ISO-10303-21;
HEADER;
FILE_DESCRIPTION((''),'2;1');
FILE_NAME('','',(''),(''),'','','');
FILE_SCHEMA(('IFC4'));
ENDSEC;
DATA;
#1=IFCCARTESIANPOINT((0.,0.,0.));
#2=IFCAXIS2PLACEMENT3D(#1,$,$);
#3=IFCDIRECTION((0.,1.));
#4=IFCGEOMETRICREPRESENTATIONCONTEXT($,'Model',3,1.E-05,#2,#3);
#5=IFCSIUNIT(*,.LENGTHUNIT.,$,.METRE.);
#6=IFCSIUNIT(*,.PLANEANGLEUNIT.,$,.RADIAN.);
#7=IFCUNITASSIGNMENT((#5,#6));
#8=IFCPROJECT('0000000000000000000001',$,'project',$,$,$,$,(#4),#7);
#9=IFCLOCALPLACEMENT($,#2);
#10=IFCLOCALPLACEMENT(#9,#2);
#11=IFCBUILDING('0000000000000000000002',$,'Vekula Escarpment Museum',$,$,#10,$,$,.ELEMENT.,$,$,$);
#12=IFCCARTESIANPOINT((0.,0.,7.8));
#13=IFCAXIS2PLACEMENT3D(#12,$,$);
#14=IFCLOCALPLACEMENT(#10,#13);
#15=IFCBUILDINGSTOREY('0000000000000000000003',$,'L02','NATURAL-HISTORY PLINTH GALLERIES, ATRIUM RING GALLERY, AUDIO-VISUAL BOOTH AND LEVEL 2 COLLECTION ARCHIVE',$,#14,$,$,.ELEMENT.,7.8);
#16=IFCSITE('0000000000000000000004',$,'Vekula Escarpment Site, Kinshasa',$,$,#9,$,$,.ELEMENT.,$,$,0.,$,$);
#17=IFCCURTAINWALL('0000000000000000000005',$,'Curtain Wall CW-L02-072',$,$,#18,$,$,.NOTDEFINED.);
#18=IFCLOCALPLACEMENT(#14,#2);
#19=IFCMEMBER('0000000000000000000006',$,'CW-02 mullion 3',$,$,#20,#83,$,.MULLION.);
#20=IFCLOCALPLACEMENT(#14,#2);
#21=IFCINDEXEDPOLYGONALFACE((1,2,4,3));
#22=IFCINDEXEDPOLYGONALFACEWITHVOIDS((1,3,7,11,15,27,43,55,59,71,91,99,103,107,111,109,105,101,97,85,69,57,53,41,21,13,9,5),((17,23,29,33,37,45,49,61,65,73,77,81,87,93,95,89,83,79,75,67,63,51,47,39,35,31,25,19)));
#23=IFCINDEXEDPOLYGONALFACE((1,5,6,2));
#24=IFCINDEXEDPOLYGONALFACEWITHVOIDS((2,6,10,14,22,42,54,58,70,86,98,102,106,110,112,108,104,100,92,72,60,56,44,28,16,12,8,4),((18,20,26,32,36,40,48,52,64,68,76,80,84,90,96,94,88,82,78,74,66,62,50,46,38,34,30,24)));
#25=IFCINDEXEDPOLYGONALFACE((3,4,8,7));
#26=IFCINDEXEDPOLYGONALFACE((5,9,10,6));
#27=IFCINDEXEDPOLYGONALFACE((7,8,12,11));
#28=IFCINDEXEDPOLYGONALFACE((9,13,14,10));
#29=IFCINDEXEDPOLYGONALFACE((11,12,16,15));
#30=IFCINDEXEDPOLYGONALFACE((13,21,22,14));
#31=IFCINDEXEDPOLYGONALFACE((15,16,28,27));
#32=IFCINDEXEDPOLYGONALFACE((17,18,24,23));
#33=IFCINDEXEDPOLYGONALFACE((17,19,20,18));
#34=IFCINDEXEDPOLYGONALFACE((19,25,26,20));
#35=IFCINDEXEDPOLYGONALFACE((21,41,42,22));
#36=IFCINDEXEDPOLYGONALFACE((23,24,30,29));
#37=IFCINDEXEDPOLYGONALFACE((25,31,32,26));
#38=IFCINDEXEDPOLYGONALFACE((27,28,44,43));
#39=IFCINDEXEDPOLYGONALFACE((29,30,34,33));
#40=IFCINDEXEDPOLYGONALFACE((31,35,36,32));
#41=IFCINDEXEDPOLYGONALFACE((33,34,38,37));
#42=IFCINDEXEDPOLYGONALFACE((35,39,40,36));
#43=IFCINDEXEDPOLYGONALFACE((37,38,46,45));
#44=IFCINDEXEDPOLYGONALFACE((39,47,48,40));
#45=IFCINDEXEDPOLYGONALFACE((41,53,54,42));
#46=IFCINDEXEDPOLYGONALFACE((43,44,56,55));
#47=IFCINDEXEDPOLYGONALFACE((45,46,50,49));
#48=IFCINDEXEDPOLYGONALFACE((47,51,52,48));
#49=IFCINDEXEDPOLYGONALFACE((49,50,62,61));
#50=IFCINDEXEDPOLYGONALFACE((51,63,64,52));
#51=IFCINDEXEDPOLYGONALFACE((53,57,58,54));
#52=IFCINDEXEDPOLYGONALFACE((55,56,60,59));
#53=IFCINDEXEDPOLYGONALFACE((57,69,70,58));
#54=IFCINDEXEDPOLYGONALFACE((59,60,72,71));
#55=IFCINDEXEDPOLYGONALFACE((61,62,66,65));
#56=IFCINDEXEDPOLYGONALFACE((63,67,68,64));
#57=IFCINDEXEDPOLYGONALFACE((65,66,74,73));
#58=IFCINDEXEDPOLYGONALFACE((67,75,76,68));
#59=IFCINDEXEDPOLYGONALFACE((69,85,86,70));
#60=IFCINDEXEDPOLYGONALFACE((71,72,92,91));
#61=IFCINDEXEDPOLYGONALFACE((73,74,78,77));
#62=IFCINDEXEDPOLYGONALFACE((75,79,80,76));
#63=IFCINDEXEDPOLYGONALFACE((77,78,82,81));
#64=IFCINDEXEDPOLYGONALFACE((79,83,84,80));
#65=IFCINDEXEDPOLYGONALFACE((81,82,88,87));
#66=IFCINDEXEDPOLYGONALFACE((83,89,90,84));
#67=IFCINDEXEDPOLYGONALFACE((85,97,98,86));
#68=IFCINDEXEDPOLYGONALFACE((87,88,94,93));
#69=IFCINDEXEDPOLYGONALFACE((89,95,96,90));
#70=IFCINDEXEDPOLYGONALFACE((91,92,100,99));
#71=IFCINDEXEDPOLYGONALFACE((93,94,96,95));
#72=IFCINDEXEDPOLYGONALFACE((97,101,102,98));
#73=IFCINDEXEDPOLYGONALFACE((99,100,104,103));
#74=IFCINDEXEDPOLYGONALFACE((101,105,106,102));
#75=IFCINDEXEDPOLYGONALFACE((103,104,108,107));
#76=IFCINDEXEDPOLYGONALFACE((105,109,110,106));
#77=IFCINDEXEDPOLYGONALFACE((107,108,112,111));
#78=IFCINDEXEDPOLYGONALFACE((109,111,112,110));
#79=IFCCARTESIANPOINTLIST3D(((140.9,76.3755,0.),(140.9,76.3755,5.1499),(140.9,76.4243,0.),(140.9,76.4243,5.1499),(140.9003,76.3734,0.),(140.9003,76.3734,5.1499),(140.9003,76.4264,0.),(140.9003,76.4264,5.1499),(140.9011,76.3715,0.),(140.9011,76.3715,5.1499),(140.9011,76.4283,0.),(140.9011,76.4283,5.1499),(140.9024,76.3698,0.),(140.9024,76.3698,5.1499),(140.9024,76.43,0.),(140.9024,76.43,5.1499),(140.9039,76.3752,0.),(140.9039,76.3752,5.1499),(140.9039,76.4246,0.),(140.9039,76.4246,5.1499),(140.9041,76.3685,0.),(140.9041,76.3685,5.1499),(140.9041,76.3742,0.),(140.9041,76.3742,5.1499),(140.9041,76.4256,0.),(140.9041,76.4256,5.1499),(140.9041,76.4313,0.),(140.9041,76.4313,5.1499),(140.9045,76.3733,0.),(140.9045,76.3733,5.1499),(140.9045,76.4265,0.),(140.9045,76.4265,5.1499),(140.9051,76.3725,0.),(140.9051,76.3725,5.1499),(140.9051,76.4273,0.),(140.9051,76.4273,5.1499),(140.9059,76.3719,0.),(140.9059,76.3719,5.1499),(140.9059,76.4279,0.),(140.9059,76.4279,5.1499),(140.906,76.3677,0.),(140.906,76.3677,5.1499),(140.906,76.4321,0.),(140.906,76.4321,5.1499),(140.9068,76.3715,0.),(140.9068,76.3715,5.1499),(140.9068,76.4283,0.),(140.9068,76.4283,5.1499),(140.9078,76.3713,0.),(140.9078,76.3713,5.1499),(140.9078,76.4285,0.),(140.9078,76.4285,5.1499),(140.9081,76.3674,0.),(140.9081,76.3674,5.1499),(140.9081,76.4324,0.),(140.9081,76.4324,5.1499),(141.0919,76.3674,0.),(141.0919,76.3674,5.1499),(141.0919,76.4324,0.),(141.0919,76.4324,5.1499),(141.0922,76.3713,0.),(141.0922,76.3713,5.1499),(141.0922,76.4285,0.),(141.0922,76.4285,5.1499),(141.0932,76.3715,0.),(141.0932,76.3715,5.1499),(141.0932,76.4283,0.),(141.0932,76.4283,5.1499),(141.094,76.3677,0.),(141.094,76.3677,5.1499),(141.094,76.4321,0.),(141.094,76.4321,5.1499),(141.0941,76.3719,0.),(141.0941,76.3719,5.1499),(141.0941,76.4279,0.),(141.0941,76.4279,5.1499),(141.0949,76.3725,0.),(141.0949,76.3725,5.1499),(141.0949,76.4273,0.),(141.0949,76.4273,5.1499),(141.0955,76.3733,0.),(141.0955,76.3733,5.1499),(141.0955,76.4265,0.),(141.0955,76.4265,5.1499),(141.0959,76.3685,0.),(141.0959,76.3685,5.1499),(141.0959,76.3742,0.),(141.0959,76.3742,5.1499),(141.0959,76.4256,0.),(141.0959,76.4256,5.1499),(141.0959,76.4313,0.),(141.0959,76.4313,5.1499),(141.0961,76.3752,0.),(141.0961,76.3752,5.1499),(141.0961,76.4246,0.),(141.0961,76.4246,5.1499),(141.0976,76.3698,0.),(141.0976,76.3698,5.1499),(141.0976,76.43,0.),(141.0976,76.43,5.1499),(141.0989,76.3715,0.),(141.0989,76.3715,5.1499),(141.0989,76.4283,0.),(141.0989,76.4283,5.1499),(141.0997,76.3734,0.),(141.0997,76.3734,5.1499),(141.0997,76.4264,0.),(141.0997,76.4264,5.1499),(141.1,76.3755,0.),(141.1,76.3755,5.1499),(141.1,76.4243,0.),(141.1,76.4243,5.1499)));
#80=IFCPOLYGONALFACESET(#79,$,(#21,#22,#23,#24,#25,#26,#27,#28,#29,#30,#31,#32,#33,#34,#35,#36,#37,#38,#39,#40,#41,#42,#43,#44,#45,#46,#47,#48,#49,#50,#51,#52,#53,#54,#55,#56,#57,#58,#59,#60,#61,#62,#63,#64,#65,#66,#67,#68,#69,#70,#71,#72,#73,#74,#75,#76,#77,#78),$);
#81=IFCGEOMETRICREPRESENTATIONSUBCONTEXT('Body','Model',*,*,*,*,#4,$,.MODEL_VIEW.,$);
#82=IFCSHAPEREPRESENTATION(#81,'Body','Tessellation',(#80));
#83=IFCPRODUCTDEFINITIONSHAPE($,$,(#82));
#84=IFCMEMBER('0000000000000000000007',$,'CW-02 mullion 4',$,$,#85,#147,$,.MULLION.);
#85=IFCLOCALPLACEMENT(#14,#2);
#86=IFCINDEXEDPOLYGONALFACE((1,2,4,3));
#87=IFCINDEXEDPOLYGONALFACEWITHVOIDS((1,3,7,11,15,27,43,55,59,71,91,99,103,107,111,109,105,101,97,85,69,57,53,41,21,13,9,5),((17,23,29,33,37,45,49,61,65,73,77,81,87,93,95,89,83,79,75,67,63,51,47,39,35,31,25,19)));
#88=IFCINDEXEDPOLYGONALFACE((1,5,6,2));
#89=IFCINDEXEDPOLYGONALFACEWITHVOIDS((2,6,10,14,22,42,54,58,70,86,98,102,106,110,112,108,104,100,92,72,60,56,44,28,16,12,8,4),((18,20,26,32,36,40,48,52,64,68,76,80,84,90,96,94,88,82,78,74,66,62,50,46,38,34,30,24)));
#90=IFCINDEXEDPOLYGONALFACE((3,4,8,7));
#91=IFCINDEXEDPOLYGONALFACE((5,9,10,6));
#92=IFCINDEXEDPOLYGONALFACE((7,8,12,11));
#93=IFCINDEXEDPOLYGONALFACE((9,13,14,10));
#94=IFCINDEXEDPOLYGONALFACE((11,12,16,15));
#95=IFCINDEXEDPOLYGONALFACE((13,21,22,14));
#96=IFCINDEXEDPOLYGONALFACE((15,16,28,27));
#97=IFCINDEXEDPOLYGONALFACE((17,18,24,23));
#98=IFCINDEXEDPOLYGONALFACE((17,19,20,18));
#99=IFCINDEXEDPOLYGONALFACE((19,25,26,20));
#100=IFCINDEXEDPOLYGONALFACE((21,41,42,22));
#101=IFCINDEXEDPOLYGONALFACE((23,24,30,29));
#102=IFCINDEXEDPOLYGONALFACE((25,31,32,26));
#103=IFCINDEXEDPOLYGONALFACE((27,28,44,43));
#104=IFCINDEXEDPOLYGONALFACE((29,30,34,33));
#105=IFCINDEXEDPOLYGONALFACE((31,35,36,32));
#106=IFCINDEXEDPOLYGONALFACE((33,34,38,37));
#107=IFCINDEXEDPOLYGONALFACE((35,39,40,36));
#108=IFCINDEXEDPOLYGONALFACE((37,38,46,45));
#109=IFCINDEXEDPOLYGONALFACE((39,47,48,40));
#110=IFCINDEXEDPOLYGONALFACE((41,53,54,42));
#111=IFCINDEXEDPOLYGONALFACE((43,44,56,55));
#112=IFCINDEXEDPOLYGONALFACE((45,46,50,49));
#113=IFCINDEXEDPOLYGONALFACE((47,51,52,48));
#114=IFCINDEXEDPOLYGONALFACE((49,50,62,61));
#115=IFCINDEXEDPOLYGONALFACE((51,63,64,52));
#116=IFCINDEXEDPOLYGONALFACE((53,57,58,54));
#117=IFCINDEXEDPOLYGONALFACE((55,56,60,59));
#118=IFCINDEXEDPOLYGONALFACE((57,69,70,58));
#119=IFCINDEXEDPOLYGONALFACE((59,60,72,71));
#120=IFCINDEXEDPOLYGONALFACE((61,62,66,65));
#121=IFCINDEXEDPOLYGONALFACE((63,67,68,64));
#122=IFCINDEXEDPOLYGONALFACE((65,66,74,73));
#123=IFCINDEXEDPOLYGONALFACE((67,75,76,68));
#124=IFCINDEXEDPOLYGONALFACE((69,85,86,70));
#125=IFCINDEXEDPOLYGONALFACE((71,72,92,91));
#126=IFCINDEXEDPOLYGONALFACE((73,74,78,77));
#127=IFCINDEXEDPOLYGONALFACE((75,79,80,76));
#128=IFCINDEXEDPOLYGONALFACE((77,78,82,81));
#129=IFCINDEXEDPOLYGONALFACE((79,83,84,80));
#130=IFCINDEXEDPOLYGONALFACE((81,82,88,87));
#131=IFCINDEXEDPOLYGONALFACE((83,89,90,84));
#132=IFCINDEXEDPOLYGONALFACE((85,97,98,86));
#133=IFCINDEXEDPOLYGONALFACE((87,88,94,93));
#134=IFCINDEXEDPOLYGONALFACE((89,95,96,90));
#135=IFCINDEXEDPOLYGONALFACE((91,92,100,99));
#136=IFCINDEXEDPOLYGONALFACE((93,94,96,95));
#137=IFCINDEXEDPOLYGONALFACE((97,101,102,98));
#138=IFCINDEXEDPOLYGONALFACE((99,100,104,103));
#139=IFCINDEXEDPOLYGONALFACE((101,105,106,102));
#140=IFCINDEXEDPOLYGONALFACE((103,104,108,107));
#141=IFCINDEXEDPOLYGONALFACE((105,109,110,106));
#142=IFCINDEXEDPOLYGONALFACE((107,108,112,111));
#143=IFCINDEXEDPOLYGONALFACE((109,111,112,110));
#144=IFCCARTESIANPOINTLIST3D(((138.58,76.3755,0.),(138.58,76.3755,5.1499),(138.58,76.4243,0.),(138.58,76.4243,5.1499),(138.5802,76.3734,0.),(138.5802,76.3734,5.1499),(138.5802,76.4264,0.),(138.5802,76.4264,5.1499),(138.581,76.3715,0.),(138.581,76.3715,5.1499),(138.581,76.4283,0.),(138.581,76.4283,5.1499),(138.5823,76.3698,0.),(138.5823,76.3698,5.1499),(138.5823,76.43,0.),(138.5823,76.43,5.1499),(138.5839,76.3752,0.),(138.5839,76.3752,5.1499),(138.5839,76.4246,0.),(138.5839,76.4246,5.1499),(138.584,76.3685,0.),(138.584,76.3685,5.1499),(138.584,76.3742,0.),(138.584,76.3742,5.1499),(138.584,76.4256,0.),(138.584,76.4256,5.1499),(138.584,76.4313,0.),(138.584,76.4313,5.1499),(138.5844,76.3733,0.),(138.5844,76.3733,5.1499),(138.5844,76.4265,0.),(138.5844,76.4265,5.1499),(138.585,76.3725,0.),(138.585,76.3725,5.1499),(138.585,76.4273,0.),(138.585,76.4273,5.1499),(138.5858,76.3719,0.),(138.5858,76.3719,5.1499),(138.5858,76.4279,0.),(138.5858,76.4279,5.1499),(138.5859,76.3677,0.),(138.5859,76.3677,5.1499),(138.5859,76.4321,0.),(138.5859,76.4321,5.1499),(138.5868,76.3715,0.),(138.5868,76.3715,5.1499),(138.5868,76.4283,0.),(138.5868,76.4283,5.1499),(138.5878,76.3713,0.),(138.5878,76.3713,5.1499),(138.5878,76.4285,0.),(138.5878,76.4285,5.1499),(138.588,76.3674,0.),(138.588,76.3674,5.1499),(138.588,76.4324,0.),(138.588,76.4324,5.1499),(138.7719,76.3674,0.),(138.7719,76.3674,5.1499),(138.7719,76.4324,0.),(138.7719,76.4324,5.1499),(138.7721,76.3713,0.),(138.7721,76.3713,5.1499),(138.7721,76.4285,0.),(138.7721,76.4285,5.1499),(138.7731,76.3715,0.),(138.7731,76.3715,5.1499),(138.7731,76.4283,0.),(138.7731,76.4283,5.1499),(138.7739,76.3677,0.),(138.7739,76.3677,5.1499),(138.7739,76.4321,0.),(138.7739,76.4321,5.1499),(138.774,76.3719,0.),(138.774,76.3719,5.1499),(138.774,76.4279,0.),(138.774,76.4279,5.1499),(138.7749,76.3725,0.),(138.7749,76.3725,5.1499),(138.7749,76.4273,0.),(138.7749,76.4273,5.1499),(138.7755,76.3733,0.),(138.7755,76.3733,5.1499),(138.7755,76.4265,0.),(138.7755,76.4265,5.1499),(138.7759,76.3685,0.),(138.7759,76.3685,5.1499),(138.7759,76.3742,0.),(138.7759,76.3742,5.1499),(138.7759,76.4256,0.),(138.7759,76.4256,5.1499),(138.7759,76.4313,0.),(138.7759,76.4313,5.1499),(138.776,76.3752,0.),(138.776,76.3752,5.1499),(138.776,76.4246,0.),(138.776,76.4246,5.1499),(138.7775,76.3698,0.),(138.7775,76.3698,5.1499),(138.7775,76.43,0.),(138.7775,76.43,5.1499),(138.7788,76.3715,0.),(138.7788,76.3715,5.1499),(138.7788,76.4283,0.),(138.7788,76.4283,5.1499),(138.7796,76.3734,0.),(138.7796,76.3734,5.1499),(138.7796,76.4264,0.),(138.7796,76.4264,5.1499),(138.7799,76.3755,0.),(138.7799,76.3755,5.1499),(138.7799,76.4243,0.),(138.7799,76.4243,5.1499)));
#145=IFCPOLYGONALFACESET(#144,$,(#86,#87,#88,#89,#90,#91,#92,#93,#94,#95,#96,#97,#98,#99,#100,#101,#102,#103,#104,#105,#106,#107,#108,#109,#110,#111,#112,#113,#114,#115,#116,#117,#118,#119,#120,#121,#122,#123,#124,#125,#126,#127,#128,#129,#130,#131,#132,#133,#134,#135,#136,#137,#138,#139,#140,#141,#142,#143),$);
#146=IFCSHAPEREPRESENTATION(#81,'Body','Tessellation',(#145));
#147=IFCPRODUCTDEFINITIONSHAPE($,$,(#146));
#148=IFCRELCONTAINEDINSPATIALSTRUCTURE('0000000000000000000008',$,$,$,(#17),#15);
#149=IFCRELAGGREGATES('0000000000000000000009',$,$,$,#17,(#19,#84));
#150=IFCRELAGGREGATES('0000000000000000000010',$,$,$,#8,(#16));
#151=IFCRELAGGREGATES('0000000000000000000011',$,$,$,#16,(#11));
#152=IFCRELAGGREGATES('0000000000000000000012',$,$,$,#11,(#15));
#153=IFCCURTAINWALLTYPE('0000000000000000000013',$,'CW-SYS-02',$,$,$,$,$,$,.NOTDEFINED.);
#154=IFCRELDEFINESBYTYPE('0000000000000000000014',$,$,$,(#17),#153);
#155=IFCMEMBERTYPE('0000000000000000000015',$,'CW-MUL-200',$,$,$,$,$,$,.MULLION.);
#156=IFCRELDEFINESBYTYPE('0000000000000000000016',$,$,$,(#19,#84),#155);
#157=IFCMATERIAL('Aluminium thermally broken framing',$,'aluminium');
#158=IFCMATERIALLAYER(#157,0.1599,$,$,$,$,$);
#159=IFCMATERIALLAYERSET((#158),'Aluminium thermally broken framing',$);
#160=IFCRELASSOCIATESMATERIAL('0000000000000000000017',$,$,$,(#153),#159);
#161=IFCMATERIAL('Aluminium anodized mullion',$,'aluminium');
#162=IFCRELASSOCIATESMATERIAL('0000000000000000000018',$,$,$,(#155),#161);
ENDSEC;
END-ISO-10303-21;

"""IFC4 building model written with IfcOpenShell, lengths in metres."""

from ifc_helpers import new_model, si_unit, direction, frame, origin, origin_2d, place, context, subcontext, project, spatial, hollow_rectangle, extrude, material, layer, layer_set, material_profile, profile_set, type_object, element, aggregate, save


model = new_model("IFC4")

# Units and contexts
model_context = context("Model", 3, precision=1e-05, world=origin(), true_north=direction((0.0, 1.0)))
body_context = subcontext(model_context, "Body", "Model", "MODEL_VIEW")
ifc_project = project(units=[si_unit("LENGTHUNIT", "METRE"), si_unit("PLANEANGLEUNIT", "RADIAN")], contexts=[model_context])

# Site, building, storey
site_placement = place(None, origin())
site = spatial("IfcSite", under=ifc_project, at=site_placement, Name="Vekula Escarpment Site, Kinshasa", CompositionType="ELEMENT", RefElevation=0.0)
building_placement = place(site_placement, origin())
building = spatial("IfcBuilding", under=site, at=building_placement, Name="Vekula Escarpment Museum", CompositionType="ELEMENT")
storey_placement = place(building_placement, frame((0.0, 0.0, 7.8)))
storey = spatial("IfcBuildingStorey", under=building, at=storey_placement, Name="L02", Description="NATURAL-HISTORY PLINTH GALLERIES, ATRIUM RING GALLERY, AUDIO-VISUAL BOOTH AND LEVEL 2 COLLECTION ARCHIVE", CompositionType="ELEMENT", Elevation=7.8)

# Curtain wall, members
ifc_material_1 = material(Name="Aluminium thermally broken framing", Category="aluminium")
ifc_layer_1 = layer(ifc_material_1, 0.1599)
ifc_layer_set_1 = layer_set([ifc_layer_1], Name="Aluminium thermally broken framing")
curtain_wall_type_1 = type_object("IfcCurtainWallType", Name="CW-SYS-02", PredefinedType="NOTDEFINED", material=ifc_layer_set_1)
curtain_wall_1_placement = place(storey_placement, origin())
curtain_wall_1 = element("IfcCurtainWall", 1, at=curtain_wall_1_placement, inside=storey, type_object=curtain_wall_type_1, Name="Curtain Wall CW-L02-072", PredefinedType="NOTDEFINED")
ifc_material_2 = material(Name="Aluminium anodized mullion", Category="aluminium")
ifc_material_profile_1 = material_profile(ifc_material_2, hollow_rectangle(XDim=0.0649, YDim=0.2, WallThickness=0.0039, InnerFilletRadius=0.0039, OuterFilletRadius=0.0081, at=origin_2d()), Name="ALU 200x65x4")
ifc_profile_set_1 = profile_set([ifc_material_profile_1], Name="Aluminium anodized mullion")
member_type_1 = type_object("IfcMemberType", Name="CW-MUL-200", PredefinedType="MULLION", material=ifc_profile_set_1)
member_1_placement = place(storey_placement, frame((141.0, 76.3999, 0.0), z_axis=(0.0, 0.0, 1.0), x_axis=(0.0, -1.0, 0.0)))
member_1 = element("IfcMember", 2, at=member_1_placement, type_object=member_type_1, Name="CW-02 mullion 3", PredefinedType="MULLION", context=body_context, shape_type="SweptSolid", body=[
    extrude(hollow_rectangle(XDim=0.0649, YDim=0.2, WallThickness=0.0039, InnerFilletRadius=0.0039, OuterFilletRadius=0.0081, at=origin_2d()), origin(), (0.0, 0.0, 1.0), 5.1499),
])
member_2_placement = place(storey_placement, frame((138.6799, 76.3999, 0.0), z_axis=(0.0, 0.0, 1.0), x_axis=(0.0, -1.0, 0.0)))
member_2 = element("IfcMember", 3, at=member_2_placement, type_object=member_type_1, Name="CW-02 mullion 4", PredefinedType="MULLION", context=body_context, shape_type="SweptSolid", body=[
    extrude(hollow_rectangle(XDim=0.0649, YDim=0.2, WallThickness=0.0039, InnerFilletRadius=0.0039, OuterFilletRadius=0.0081, at=origin_2d()), origin(), (0.0, 0.0, 1.0), 5.1499),
])

aggregate(curtain_wall_1, [member_1, member_2])

save(model, "model.ifc")
